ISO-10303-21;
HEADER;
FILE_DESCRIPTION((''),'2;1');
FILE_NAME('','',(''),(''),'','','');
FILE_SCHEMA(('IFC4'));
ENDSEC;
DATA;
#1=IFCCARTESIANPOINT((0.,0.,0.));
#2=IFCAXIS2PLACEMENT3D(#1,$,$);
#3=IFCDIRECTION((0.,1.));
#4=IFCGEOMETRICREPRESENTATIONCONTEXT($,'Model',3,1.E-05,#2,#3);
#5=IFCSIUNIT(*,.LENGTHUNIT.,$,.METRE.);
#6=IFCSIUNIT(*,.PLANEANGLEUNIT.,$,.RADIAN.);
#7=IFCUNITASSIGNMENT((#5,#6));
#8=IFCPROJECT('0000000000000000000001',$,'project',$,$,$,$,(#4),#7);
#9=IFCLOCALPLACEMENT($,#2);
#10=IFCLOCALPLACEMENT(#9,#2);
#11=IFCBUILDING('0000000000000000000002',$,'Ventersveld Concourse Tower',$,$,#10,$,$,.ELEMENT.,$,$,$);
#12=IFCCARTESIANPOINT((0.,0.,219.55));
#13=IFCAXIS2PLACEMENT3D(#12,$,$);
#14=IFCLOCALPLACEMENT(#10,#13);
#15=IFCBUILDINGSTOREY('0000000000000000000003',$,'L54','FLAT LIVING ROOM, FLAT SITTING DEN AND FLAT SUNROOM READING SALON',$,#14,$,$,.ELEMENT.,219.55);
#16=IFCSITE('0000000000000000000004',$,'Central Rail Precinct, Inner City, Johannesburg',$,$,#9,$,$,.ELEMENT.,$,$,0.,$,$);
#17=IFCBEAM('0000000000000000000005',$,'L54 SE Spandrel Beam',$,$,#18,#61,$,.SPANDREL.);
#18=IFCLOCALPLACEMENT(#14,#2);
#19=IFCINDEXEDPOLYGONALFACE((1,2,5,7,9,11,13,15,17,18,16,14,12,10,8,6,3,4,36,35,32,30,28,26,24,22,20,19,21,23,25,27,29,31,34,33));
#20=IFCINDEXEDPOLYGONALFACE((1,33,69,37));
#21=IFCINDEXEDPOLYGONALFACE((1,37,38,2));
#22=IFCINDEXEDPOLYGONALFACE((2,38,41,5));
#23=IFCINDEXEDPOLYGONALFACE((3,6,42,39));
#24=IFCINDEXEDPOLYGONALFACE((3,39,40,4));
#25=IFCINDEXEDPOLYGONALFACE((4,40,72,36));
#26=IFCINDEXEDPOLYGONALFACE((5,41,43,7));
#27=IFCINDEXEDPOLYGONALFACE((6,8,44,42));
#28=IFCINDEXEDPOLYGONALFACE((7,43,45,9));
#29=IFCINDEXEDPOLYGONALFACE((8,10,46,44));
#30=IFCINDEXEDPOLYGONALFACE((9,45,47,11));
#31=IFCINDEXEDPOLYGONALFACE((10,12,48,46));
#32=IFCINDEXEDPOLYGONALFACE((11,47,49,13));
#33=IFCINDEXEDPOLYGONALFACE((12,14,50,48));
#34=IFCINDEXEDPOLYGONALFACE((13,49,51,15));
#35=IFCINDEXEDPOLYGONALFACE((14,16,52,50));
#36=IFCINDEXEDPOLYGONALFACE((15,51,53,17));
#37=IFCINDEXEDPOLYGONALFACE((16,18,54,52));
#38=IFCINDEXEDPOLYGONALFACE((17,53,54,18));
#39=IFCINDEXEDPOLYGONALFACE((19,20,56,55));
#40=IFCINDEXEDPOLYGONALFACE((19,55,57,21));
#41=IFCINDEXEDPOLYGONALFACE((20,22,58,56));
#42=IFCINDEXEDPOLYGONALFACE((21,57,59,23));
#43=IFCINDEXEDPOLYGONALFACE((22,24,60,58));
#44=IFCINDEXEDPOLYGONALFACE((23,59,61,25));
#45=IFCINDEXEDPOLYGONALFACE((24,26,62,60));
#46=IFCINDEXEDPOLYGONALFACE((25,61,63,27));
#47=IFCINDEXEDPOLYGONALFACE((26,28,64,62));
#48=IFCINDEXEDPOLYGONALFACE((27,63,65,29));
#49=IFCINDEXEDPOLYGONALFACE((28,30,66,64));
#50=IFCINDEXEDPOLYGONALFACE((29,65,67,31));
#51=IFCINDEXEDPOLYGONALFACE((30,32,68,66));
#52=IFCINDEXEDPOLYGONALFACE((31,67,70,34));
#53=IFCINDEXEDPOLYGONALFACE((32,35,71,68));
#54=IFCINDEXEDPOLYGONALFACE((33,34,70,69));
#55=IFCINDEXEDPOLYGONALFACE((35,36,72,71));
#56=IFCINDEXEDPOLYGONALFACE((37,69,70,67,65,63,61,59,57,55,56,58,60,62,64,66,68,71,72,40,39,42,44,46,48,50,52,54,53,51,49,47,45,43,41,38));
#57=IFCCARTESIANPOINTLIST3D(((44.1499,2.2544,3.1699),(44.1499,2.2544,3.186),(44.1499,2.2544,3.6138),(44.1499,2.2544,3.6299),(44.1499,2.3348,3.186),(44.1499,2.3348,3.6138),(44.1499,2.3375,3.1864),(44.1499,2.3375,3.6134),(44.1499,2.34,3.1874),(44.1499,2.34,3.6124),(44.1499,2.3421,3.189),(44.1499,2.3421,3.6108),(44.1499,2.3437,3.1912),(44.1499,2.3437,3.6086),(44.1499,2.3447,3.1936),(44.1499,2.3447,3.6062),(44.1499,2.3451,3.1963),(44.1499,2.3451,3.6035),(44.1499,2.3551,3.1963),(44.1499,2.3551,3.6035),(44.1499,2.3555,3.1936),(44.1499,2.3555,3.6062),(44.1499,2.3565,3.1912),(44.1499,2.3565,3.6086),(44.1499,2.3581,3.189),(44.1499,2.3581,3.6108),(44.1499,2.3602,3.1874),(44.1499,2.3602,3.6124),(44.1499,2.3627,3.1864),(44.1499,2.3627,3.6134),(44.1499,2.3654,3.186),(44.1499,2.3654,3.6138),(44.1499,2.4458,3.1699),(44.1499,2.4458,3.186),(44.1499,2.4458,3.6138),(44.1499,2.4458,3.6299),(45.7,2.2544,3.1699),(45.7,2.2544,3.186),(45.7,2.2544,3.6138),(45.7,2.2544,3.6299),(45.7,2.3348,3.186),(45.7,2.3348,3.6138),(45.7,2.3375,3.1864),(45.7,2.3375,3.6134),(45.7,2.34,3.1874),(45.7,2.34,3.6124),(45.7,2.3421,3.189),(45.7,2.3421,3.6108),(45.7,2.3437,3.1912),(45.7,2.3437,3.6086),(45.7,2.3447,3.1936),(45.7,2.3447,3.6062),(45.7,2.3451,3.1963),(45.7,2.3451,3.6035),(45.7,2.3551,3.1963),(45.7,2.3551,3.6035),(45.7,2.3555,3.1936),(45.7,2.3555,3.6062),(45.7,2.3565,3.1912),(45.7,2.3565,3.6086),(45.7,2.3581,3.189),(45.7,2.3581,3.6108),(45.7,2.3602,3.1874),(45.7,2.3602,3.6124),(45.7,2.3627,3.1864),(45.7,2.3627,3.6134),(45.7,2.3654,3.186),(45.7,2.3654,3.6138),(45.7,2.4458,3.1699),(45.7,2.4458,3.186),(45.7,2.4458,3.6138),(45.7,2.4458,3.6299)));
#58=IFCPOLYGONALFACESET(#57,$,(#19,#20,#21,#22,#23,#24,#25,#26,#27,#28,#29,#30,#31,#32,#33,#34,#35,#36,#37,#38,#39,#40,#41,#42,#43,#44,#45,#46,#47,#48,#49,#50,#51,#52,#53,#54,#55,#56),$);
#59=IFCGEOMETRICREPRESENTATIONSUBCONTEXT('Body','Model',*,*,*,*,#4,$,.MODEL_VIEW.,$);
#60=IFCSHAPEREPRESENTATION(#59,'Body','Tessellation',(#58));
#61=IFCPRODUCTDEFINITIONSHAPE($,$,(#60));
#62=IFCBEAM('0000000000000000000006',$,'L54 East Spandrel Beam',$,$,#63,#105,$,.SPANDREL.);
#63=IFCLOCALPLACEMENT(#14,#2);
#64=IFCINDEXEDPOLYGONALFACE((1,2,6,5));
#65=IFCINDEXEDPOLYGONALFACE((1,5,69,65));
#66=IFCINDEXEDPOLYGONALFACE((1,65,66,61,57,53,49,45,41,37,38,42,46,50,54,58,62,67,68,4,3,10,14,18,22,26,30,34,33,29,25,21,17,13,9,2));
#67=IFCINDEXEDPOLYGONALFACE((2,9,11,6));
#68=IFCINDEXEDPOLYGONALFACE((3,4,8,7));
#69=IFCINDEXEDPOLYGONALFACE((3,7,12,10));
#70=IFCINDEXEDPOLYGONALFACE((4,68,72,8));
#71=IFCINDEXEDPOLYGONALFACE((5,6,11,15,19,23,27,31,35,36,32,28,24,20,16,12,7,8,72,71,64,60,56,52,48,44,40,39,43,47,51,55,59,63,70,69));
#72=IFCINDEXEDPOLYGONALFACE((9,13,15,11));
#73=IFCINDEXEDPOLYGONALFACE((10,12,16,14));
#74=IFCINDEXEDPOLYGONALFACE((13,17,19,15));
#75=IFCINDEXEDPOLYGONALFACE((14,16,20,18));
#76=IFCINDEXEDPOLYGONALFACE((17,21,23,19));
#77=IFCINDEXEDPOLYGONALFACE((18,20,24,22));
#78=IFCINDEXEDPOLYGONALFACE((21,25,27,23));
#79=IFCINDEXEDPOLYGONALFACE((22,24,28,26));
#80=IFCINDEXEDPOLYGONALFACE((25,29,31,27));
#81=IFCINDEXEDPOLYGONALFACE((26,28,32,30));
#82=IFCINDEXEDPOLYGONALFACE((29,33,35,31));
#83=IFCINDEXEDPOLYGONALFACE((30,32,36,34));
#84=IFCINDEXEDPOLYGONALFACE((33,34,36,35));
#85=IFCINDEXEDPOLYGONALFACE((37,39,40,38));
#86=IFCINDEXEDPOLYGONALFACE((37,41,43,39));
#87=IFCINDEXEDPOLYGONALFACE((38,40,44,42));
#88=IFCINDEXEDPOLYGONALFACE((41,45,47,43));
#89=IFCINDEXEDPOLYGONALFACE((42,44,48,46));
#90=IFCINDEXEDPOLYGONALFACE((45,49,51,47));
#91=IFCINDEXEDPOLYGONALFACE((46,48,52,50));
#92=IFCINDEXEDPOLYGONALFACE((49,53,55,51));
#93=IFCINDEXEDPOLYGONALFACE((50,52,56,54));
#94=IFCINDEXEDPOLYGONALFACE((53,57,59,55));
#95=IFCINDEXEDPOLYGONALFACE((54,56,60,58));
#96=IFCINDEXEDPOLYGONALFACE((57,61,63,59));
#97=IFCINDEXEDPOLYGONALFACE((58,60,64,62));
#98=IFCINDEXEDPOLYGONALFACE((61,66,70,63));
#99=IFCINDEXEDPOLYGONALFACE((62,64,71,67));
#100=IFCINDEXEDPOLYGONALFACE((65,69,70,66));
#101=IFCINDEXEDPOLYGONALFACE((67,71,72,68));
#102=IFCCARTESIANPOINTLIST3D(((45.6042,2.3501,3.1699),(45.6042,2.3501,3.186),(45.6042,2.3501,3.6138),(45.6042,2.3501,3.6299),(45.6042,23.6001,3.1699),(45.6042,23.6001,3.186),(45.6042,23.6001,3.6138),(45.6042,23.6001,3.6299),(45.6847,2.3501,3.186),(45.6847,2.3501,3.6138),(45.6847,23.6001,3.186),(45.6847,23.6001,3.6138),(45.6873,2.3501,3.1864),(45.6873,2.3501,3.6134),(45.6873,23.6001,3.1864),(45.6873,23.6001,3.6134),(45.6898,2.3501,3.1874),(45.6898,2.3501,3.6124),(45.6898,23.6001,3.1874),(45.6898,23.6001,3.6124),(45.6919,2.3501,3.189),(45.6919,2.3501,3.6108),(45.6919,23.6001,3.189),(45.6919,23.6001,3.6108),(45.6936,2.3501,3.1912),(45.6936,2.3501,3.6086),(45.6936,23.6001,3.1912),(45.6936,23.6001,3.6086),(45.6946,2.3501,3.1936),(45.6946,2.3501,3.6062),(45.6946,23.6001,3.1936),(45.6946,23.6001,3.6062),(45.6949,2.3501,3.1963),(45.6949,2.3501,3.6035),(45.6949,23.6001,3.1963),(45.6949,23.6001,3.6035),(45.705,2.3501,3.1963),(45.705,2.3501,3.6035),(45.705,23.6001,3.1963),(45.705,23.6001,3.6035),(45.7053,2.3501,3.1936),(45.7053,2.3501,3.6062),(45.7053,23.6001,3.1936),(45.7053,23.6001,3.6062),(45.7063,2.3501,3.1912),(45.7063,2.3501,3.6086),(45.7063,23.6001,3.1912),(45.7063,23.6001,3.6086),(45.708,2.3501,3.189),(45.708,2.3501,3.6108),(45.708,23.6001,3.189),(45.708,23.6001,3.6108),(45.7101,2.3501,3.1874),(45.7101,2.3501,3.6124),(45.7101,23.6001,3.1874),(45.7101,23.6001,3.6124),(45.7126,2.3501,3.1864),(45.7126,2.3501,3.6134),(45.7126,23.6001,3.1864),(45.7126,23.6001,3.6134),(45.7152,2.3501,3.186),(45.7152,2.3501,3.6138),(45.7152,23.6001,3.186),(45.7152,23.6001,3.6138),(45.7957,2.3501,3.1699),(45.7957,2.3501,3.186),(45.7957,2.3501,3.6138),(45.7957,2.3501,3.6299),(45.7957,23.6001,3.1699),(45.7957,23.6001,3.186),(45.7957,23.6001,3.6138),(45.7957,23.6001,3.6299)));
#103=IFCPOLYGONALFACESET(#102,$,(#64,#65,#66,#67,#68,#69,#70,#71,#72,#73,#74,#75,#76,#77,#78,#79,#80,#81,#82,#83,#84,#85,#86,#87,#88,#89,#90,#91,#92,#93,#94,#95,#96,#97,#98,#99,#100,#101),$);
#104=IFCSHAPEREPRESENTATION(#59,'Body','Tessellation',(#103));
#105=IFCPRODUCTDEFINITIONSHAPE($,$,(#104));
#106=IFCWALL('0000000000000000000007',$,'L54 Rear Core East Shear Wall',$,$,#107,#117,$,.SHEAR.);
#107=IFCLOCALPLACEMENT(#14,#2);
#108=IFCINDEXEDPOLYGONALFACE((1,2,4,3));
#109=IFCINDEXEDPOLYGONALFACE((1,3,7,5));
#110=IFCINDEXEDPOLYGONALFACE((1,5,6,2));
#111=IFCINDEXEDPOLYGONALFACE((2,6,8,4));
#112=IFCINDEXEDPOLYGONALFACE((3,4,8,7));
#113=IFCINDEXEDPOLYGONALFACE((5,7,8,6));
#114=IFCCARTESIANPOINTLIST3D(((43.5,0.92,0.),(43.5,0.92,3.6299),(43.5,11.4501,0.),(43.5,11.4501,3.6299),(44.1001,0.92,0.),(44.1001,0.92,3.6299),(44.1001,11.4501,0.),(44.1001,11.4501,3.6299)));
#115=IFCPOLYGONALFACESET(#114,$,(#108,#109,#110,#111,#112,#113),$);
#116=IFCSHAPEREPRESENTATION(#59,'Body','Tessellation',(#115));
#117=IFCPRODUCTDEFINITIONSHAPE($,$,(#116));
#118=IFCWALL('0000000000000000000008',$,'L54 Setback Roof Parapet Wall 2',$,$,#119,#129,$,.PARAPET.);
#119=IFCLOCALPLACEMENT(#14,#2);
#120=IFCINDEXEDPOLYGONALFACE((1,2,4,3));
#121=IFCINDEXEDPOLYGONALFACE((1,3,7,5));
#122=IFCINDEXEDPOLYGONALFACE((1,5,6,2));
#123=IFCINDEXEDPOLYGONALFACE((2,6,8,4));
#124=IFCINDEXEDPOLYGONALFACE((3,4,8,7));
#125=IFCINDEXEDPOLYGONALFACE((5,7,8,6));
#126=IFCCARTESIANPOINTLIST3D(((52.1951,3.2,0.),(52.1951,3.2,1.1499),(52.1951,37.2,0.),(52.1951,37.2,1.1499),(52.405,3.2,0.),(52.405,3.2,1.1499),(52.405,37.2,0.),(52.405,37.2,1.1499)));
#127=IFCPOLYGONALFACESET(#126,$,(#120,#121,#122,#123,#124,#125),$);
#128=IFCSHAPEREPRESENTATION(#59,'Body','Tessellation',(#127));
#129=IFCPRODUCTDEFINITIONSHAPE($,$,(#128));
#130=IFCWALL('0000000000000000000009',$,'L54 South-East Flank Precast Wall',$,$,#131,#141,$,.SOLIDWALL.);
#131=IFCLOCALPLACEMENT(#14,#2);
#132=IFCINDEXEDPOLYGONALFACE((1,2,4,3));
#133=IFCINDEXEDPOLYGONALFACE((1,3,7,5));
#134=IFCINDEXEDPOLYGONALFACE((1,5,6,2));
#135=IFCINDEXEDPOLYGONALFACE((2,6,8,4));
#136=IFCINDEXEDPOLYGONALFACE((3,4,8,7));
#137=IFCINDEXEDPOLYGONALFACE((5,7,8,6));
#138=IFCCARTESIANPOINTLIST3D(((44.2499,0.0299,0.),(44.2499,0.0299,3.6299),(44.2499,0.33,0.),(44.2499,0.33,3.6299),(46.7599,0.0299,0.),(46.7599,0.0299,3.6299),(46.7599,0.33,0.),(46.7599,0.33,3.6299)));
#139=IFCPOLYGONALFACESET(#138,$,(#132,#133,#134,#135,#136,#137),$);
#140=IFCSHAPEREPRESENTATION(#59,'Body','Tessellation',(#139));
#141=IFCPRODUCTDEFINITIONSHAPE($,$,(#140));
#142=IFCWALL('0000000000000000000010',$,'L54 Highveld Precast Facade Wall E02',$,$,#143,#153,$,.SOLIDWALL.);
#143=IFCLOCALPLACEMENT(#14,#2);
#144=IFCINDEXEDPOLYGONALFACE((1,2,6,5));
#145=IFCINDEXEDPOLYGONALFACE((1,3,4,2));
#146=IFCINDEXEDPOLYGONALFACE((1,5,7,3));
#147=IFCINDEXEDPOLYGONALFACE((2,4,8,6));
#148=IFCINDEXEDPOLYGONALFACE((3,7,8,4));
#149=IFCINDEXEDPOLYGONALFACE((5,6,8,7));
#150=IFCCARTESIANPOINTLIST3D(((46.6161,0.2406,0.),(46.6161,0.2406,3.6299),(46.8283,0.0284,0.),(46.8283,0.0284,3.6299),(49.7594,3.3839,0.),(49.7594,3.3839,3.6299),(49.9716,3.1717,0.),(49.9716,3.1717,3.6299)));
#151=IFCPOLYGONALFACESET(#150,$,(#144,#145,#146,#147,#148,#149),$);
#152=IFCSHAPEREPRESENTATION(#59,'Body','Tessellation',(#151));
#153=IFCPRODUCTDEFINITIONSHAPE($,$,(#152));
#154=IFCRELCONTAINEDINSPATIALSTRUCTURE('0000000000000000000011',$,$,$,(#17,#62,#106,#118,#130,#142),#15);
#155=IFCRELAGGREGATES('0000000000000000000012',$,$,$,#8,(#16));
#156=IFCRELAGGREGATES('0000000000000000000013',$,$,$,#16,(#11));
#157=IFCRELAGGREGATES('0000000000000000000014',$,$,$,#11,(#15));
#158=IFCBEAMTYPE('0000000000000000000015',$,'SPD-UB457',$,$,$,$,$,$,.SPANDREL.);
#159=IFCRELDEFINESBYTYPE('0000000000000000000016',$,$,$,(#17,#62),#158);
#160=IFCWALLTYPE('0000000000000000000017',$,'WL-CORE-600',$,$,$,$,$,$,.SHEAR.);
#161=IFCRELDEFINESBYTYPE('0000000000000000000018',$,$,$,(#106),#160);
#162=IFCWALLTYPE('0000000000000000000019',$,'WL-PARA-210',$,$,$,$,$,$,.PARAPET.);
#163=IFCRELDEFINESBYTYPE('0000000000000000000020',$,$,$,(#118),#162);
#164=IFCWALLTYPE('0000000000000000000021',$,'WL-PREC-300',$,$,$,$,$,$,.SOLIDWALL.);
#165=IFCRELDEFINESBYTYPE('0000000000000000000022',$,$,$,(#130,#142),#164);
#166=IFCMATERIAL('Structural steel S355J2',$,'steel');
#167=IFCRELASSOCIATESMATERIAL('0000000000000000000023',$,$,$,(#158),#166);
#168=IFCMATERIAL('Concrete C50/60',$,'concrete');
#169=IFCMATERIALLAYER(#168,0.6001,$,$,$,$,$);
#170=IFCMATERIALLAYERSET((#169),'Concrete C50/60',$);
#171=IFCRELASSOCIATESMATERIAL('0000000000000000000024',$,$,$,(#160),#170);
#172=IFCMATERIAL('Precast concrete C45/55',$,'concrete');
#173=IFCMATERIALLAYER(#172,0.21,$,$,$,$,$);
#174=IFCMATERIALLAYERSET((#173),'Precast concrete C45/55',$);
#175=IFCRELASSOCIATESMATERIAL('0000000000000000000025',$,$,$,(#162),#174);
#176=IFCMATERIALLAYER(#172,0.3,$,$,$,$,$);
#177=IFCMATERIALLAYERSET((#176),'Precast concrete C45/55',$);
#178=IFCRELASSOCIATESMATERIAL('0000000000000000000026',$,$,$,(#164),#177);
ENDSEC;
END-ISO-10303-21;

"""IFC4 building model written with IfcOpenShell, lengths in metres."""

from ifc_helpers import new_model, si_unit, direction, frame, frame_2d, origin, origin_2d, place, context, subcontext, project, spatial, rectangle, i_section, extrude, material, layer, layer_set, material_profile, profile_set, type_object, element, save


model = new_model("IFC4")

# Units and contexts
model_context = context("Model", 3, precision=1e-05, world=origin(), true_north=direction((0.0, 1.0)))
body_context = subcontext(model_context, "Body", "Model", "MODEL_VIEW")
ifc_project = project(units=[si_unit("LENGTHUNIT", "METRE"), si_unit("PLANEANGLEUNIT", "RADIAN")], contexts=[model_context])

# Site, building, storey
site_placement = place(None, origin())
site = spatial("IfcSite", under=ifc_project, at=site_placement, Name="Central Rail Precinct, Inner City, Johannesburg", CompositionType="ELEMENT", RefElevation=0.0)
building_placement = place(site_placement, origin())
building = spatial("IfcBuilding", under=site, at=building_placement, Name="Ventersveld Concourse Tower", CompositionType="ELEMENT")
storey_placement = place(building_placement, frame((0.0, 0.0, 219.55)))
storey = spatial("IfcBuildingStorey", under=building, at=storey_placement, Name="L54", Description="FLAT LIVING ROOM, FLAT SITTING DEN AND FLAT SUNROOM READING SALON", CompositionType="ELEMENT", Elevation=219.55)

# Shared definitions
ifc_material_1 = material(Name="Concrete C50/60", Category="concrete")

# Shared definitions
ifc_material_2 = material(Name="Structural steel S355J2", Category="steel")

# Beams
ifc_material_profile_1 = material_profile(ifc_material_2, i_section(OverallWidth=0.1914, OverallDepth=0.46, WebThickness=0.01, FlangeThickness=0.0161, FilletRadius=0.0103, at=origin_2d()), Name="UB 457x191x82")
ifc_profile_set_1 = profile_set([ifc_material_profile_1], Name="Structural steel S355J2")
beam_type_1 = type_object("IfcBeamType", Name="SPD-UB457", PredefinedType="SPANDREL", material=ifc_profile_set_1)
beam_1_placement = place(storey_placement, frame((44.1499, 2.3501, 3.3999), z_axis=(1.0, 0.0, 0.0), x_axis=(0.0, 1.0, 0.0)))
element("IfcBeam", 1, at=beam_1_placement, inside=storey, type_object=beam_type_1, Name="L54 SE Spandrel Beam", PredefinedType="SPANDREL", context=body_context, shape_type="SweptSolid", body=[
    extrude(i_section(OverallWidth=0.1914, OverallDepth=0.46, WebThickness=0.01, FlangeThickness=0.0161, FilletRadius=0.0103, at=origin_2d()), origin(), (0.0, 0.0, 1.0), 1.55),
])
beam_2_placement = place(storey_placement, frame((45.7, 2.3501, 3.3999), z_axis=(0.0, 1.0, 0.0), x_axis=(-1.0, 0.0, 0.0)))
element("IfcBeam", 2, at=beam_2_placement, inside=storey, type_object=beam_type_1, Name="L54 East Spandrel Beam", PredefinedType="SPANDREL", context=body_context, shape_type="SweptSolid", body=[
    extrude(i_section(OverallWidth=0.1914, OverallDepth=0.46, WebThickness=0.01, FlangeThickness=0.0161, FilletRadius=0.0103, at=origin_2d()), origin(), (0.0, 0.0, 1.0), 21.25),
])

# Walls
ifc_layer_1 = layer(ifc_material_1, 0.6001)
ifc_layer_set_1 = layer_set([ifc_layer_1], Name="Concrete C50/60")
wall_type_1 = type_object("IfcWallType", Name="WL-CORE-600", PredefinedType="SHEAR", material=ifc_layer_set_1)
wall_1_placement = place(storey_placement, frame((43.8, 0.9199, 0.0), z_axis=(0.0, 0.0, 1.0), x_axis=(0.0, 1.0, 0.0)))
element("IfcWall", 3, at=wall_1_placement, inside=storey, type_object=wall_type_1, Name="L54 Rear Core East Shear Wall", PredefinedType="SHEAR", context=body_context, shape_type="SweptSolid", body=[
    extrude(rectangle(XDim=10.53, YDim=0.6001, at=frame_2d((5.2651, 0.0))), origin(), (0.0, 0.0, 1.0), 3.6299),
])
ifc_material_3 = material(Name="Precast concrete C45/55", Category="concrete")
ifc_layer_2 = layer(ifc_material_3, 0.21)
ifc_layer_set_2 = layer_set([ifc_layer_2], Name="Precast concrete C45/55")
wall_type_2 = type_object("IfcWallType", Name="WL-PARA-210", PredefinedType="PARAPET", material=ifc_layer_set_2)
wall_2_placement = place(storey_placement, frame((52.3, 3.2, 0.0), z_axis=(0.0, 0.0, 1.0), x_axis=(0.0, 1.0, 0.0)))
element("IfcWall", 4, at=wall_2_placement, inside=storey, type_object=wall_type_2, Name="L54 Setback Roof Parapet Wall 2", PredefinedType="PARAPET", context=body_context, shape_type="SweptSolid", body=[
    extrude(rectangle(XDim=34.0, YDim=0.21, at=frame_2d((17.0, 0.0))), origin(), (0.0, 0.0, 1.0), 1.1499),
])
ifc_layer_3 = layer(ifc_material_3, 0.3)
ifc_layer_set_3 = layer_set([ifc_layer_3], Name="Precast concrete C45/55")
wall_type_3 = type_object("IfcWallType", Name="WL-PREC-300", PredefinedType="SOLIDWALL", material=ifc_layer_set_3)
wall_3_placement = place(storey_placement, frame((44.25, 0.1799, 0.0), z_axis=(0.0, 0.0, 1.0), x_axis=(1.0, 0.0, 0.0)))
element("IfcWall", 5, at=wall_3_placement, inside=storey, type_object=wall_type_3, Name="L54 South-East Flank Precast Wall", PredefinedType="SOLIDWALL", context=body_context, shape_type="SweptSolid", body=[
    extrude(rectangle(XDim=2.51, YDim=0.3, at=frame_2d((1.2549, 0.0))), origin(), (0.0, 0.0, 1.0), 3.6299),
])
wall_4_placement = place(storey_placement, frame((46.7222, 0.1345, 0.0), z_axis=(0.0, 0.0, 1.0), x_axis=(0.707107, 0.707107, 0.0)))
element("IfcWall", 6, at=wall_4_placement, inside=storey, type_object=wall_type_3, Name="L54 Highveld Precast Facade Wall E02", PredefinedType="SOLIDWALL", context=body_context, shape_type="SweptSolid", body=[
    extrude(rectangle(XDim=4.4453, YDim=0.3, at=frame_2d((2.2227, 0.0))), origin(), (0.0, 0.0, 1.0), 3.6299),
])

save(model, "model.ifc")
